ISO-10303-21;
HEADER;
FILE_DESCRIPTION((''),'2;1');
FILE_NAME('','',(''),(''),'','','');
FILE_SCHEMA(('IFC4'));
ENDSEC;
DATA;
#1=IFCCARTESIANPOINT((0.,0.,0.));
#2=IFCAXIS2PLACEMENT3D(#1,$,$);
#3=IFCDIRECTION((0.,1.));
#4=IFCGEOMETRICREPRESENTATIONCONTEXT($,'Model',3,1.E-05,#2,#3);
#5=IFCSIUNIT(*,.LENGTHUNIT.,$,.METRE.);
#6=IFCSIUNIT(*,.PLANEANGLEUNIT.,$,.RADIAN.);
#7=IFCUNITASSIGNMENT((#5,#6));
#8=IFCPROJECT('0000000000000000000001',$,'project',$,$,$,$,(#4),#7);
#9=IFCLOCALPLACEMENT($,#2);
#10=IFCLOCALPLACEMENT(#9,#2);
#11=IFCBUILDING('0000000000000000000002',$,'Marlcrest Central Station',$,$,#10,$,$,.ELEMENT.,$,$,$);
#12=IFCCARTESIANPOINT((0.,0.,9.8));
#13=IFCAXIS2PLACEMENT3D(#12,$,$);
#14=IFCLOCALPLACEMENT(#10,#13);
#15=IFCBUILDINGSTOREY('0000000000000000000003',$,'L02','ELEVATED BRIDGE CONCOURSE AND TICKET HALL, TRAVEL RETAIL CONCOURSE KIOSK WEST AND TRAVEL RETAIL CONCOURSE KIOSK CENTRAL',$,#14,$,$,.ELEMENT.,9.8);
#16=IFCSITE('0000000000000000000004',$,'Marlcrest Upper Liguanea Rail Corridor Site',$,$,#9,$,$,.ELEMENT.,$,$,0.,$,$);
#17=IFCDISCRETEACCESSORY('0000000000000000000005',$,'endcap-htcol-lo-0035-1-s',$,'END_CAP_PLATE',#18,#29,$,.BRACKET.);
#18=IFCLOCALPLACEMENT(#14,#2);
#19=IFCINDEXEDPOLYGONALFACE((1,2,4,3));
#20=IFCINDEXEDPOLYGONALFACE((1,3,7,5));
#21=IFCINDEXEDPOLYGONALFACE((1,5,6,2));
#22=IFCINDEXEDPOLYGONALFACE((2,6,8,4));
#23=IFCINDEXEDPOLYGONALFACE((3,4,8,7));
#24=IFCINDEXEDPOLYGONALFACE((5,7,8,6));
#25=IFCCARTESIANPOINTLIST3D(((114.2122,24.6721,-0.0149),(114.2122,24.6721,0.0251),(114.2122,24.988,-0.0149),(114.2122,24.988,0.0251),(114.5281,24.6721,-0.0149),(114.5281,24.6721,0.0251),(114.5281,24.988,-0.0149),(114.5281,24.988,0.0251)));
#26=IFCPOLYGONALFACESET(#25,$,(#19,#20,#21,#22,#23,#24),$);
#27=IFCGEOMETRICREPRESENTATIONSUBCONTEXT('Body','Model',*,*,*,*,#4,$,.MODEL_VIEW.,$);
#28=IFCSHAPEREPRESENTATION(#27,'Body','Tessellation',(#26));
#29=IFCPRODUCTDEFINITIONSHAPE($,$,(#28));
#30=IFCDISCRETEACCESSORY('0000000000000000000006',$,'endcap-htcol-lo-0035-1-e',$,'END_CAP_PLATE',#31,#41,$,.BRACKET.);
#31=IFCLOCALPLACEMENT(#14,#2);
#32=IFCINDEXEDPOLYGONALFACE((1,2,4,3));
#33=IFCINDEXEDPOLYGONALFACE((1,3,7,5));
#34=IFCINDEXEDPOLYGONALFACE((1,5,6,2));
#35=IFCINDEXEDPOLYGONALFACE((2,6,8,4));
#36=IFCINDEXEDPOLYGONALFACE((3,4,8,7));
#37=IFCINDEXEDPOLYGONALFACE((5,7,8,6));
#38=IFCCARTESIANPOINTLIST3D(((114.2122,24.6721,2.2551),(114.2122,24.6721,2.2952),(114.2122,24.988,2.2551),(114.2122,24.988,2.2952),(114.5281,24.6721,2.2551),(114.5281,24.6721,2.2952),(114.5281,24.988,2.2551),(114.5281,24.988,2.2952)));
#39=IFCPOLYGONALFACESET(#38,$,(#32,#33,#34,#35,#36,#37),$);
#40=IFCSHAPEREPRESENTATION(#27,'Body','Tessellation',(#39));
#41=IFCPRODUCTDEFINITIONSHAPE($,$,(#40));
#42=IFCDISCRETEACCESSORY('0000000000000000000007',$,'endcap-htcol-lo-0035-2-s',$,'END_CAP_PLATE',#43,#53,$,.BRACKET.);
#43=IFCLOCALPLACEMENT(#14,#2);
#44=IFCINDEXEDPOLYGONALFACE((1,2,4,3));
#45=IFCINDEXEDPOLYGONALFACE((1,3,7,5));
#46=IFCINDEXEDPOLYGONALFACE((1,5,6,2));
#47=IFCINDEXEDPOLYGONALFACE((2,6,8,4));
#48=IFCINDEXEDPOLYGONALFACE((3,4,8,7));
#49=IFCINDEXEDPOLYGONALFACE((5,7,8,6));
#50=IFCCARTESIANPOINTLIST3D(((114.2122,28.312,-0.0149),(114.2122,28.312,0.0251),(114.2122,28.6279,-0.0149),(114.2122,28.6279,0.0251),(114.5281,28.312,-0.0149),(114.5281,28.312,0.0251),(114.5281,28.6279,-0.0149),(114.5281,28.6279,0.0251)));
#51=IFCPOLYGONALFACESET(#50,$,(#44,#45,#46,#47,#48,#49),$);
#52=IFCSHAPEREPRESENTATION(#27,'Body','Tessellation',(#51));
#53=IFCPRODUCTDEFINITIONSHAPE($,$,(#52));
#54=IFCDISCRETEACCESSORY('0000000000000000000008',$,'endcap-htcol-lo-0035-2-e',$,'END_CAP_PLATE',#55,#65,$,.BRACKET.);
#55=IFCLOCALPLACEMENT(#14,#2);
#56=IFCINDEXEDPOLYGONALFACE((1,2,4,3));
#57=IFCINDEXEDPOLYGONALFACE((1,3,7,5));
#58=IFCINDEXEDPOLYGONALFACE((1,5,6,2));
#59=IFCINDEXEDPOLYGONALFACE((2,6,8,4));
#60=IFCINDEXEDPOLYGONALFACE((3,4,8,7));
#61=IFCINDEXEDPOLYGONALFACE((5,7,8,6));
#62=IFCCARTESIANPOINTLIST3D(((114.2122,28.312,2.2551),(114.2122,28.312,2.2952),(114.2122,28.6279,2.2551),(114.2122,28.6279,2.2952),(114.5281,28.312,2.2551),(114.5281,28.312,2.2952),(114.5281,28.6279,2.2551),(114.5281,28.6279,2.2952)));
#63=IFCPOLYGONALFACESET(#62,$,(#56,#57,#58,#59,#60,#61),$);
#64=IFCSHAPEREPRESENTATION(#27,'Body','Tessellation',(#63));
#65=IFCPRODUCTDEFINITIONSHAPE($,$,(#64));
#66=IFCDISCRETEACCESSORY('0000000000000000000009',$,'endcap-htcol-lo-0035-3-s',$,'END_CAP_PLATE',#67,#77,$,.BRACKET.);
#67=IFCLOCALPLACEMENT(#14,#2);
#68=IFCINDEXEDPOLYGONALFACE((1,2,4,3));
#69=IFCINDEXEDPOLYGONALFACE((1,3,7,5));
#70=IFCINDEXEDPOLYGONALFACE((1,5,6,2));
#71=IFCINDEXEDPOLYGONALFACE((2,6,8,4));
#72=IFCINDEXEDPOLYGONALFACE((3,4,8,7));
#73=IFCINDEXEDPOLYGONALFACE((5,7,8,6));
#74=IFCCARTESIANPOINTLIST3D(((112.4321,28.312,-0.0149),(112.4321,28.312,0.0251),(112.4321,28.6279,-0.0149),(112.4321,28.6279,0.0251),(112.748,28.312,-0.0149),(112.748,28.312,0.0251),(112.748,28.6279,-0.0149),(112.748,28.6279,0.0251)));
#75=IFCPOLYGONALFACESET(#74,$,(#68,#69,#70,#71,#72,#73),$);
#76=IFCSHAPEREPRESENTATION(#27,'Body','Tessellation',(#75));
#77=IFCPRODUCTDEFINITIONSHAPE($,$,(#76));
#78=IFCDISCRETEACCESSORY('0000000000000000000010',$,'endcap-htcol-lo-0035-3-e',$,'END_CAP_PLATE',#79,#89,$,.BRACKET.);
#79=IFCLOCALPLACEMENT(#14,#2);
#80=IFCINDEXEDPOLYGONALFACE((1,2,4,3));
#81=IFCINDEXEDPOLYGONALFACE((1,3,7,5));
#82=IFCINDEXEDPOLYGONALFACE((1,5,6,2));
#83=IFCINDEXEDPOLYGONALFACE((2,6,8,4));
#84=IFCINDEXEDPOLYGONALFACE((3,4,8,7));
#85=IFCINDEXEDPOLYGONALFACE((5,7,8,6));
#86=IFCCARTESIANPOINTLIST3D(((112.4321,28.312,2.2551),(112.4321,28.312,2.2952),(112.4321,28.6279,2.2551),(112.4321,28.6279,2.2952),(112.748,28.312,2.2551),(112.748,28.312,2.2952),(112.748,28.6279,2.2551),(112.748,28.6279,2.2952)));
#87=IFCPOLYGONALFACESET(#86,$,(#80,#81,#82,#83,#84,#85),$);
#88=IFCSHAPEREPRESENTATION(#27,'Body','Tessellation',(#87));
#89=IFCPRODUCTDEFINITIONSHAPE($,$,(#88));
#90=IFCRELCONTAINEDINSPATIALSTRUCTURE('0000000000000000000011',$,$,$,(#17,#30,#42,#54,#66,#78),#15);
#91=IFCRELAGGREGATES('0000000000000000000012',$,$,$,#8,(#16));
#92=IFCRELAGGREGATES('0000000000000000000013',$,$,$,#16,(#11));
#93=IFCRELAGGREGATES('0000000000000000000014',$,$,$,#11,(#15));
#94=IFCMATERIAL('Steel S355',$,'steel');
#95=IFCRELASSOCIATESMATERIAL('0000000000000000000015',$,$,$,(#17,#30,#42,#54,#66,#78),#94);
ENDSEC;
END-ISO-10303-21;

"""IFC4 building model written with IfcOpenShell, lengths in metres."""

from ifc_helpers import new_model, si_unit, direction, frame, origin, origin_2d, place, context, subcontext, project, spatial, rectangle, extrude, material, element, save


model = new_model("IFC4")

# Units and contexts
model_context = context("Model", 3, precision=1e-05, world=origin(), true_north=direction((0.0, 1.0)))
body_context = subcontext(model_context, "Body", "Model", "MODEL_VIEW")
ifc_project = project(units=[si_unit("LENGTHUNIT", "METRE"), si_unit("PLANEANGLEUNIT", "RADIAN")], contexts=[model_context])

# Site, building, storey
site_placement = place(None, origin())
site = spatial("IfcSite", under=ifc_project, at=site_placement, Name="Marlcrest Upper Liguanea Rail Corridor Site", CompositionType="ELEMENT", RefElevation=0.0)
building_placement = place(site_placement, origin())
building = spatial("IfcBuilding", under=site, at=building_placement, Name="Marlcrest Central Station", CompositionType="ELEMENT")
storey_placement = place(building_placement, frame((0.0, 0.0, 9.8)))
storey = spatial("IfcBuildingStorey", under=building, at=storey_placement, Name="L02", Description="ELEVATED BRIDGE CONCOURSE AND TICKET HALL, TRAVEL RETAIL CONCOURSE KIOSK WEST AND TRAVEL RETAIL CONCOURSE KIOSK CENTRAL", CompositionType="ELEMENT", Elevation=9.8)

# Shared definitions
ifc_material_1 = material(Name="Steel S355", Category="steel")

# Discrete accessories
for number, where, z_axis, x_axis, name in (
    (1, (114.3701, 24.8301, -0.0149), (0.0, 0.0, 1.0), (1.0, 0.0, 0.0), "endcap-htcol-lo-0035-1-s"),
    (2, (114.3701, 24.8301, 2.2551), (0.0, 0.0, 1.0), (1.0, 0.0, 0.0), "endcap-htcol-lo-0035-1-e"),
    (3, (114.3701, 28.47, -0.0149), (0.0, 0.0, 1.0), (1.0, 0.0, 0.0), "endcap-htcol-lo-0035-2-s"),
    (4, (114.3701, 28.47, 2.2551), (0.0, 0.0, 1.0), (1.0, 0.0, 0.0), "endcap-htcol-lo-0035-2-e"),
    (5, (112.5901, 28.47, -0.0149), (0.0, 0.0, 1.0), (1.0, 0.0, 0.0), "endcap-htcol-lo-0035-3-s"),
    (6, (112.5901, 28.47, 2.2551), (0.0, 0.0, 1.0), (1.0, 0.0, 0.0), "endcap-htcol-lo-0035-3-e"),
):
    element("IfcDiscreteAccessory", number, at=place(storey_placement, frame(where, z_axis=z_axis, x_axis=x_axis)), inside=storey, material=ifc_material_1, Name=name, ObjectType="END_CAP_PLATE", PredefinedType="BRACKET", context=body_context, shape_type="SweptSolid", body=[
        extrude(rectangle(XDim=0.3159, YDim=0.3159, at=origin_2d()), origin(), (0.0, 0.0, 1.0), 0.04),
    ])

save(model, "model.ifc")
